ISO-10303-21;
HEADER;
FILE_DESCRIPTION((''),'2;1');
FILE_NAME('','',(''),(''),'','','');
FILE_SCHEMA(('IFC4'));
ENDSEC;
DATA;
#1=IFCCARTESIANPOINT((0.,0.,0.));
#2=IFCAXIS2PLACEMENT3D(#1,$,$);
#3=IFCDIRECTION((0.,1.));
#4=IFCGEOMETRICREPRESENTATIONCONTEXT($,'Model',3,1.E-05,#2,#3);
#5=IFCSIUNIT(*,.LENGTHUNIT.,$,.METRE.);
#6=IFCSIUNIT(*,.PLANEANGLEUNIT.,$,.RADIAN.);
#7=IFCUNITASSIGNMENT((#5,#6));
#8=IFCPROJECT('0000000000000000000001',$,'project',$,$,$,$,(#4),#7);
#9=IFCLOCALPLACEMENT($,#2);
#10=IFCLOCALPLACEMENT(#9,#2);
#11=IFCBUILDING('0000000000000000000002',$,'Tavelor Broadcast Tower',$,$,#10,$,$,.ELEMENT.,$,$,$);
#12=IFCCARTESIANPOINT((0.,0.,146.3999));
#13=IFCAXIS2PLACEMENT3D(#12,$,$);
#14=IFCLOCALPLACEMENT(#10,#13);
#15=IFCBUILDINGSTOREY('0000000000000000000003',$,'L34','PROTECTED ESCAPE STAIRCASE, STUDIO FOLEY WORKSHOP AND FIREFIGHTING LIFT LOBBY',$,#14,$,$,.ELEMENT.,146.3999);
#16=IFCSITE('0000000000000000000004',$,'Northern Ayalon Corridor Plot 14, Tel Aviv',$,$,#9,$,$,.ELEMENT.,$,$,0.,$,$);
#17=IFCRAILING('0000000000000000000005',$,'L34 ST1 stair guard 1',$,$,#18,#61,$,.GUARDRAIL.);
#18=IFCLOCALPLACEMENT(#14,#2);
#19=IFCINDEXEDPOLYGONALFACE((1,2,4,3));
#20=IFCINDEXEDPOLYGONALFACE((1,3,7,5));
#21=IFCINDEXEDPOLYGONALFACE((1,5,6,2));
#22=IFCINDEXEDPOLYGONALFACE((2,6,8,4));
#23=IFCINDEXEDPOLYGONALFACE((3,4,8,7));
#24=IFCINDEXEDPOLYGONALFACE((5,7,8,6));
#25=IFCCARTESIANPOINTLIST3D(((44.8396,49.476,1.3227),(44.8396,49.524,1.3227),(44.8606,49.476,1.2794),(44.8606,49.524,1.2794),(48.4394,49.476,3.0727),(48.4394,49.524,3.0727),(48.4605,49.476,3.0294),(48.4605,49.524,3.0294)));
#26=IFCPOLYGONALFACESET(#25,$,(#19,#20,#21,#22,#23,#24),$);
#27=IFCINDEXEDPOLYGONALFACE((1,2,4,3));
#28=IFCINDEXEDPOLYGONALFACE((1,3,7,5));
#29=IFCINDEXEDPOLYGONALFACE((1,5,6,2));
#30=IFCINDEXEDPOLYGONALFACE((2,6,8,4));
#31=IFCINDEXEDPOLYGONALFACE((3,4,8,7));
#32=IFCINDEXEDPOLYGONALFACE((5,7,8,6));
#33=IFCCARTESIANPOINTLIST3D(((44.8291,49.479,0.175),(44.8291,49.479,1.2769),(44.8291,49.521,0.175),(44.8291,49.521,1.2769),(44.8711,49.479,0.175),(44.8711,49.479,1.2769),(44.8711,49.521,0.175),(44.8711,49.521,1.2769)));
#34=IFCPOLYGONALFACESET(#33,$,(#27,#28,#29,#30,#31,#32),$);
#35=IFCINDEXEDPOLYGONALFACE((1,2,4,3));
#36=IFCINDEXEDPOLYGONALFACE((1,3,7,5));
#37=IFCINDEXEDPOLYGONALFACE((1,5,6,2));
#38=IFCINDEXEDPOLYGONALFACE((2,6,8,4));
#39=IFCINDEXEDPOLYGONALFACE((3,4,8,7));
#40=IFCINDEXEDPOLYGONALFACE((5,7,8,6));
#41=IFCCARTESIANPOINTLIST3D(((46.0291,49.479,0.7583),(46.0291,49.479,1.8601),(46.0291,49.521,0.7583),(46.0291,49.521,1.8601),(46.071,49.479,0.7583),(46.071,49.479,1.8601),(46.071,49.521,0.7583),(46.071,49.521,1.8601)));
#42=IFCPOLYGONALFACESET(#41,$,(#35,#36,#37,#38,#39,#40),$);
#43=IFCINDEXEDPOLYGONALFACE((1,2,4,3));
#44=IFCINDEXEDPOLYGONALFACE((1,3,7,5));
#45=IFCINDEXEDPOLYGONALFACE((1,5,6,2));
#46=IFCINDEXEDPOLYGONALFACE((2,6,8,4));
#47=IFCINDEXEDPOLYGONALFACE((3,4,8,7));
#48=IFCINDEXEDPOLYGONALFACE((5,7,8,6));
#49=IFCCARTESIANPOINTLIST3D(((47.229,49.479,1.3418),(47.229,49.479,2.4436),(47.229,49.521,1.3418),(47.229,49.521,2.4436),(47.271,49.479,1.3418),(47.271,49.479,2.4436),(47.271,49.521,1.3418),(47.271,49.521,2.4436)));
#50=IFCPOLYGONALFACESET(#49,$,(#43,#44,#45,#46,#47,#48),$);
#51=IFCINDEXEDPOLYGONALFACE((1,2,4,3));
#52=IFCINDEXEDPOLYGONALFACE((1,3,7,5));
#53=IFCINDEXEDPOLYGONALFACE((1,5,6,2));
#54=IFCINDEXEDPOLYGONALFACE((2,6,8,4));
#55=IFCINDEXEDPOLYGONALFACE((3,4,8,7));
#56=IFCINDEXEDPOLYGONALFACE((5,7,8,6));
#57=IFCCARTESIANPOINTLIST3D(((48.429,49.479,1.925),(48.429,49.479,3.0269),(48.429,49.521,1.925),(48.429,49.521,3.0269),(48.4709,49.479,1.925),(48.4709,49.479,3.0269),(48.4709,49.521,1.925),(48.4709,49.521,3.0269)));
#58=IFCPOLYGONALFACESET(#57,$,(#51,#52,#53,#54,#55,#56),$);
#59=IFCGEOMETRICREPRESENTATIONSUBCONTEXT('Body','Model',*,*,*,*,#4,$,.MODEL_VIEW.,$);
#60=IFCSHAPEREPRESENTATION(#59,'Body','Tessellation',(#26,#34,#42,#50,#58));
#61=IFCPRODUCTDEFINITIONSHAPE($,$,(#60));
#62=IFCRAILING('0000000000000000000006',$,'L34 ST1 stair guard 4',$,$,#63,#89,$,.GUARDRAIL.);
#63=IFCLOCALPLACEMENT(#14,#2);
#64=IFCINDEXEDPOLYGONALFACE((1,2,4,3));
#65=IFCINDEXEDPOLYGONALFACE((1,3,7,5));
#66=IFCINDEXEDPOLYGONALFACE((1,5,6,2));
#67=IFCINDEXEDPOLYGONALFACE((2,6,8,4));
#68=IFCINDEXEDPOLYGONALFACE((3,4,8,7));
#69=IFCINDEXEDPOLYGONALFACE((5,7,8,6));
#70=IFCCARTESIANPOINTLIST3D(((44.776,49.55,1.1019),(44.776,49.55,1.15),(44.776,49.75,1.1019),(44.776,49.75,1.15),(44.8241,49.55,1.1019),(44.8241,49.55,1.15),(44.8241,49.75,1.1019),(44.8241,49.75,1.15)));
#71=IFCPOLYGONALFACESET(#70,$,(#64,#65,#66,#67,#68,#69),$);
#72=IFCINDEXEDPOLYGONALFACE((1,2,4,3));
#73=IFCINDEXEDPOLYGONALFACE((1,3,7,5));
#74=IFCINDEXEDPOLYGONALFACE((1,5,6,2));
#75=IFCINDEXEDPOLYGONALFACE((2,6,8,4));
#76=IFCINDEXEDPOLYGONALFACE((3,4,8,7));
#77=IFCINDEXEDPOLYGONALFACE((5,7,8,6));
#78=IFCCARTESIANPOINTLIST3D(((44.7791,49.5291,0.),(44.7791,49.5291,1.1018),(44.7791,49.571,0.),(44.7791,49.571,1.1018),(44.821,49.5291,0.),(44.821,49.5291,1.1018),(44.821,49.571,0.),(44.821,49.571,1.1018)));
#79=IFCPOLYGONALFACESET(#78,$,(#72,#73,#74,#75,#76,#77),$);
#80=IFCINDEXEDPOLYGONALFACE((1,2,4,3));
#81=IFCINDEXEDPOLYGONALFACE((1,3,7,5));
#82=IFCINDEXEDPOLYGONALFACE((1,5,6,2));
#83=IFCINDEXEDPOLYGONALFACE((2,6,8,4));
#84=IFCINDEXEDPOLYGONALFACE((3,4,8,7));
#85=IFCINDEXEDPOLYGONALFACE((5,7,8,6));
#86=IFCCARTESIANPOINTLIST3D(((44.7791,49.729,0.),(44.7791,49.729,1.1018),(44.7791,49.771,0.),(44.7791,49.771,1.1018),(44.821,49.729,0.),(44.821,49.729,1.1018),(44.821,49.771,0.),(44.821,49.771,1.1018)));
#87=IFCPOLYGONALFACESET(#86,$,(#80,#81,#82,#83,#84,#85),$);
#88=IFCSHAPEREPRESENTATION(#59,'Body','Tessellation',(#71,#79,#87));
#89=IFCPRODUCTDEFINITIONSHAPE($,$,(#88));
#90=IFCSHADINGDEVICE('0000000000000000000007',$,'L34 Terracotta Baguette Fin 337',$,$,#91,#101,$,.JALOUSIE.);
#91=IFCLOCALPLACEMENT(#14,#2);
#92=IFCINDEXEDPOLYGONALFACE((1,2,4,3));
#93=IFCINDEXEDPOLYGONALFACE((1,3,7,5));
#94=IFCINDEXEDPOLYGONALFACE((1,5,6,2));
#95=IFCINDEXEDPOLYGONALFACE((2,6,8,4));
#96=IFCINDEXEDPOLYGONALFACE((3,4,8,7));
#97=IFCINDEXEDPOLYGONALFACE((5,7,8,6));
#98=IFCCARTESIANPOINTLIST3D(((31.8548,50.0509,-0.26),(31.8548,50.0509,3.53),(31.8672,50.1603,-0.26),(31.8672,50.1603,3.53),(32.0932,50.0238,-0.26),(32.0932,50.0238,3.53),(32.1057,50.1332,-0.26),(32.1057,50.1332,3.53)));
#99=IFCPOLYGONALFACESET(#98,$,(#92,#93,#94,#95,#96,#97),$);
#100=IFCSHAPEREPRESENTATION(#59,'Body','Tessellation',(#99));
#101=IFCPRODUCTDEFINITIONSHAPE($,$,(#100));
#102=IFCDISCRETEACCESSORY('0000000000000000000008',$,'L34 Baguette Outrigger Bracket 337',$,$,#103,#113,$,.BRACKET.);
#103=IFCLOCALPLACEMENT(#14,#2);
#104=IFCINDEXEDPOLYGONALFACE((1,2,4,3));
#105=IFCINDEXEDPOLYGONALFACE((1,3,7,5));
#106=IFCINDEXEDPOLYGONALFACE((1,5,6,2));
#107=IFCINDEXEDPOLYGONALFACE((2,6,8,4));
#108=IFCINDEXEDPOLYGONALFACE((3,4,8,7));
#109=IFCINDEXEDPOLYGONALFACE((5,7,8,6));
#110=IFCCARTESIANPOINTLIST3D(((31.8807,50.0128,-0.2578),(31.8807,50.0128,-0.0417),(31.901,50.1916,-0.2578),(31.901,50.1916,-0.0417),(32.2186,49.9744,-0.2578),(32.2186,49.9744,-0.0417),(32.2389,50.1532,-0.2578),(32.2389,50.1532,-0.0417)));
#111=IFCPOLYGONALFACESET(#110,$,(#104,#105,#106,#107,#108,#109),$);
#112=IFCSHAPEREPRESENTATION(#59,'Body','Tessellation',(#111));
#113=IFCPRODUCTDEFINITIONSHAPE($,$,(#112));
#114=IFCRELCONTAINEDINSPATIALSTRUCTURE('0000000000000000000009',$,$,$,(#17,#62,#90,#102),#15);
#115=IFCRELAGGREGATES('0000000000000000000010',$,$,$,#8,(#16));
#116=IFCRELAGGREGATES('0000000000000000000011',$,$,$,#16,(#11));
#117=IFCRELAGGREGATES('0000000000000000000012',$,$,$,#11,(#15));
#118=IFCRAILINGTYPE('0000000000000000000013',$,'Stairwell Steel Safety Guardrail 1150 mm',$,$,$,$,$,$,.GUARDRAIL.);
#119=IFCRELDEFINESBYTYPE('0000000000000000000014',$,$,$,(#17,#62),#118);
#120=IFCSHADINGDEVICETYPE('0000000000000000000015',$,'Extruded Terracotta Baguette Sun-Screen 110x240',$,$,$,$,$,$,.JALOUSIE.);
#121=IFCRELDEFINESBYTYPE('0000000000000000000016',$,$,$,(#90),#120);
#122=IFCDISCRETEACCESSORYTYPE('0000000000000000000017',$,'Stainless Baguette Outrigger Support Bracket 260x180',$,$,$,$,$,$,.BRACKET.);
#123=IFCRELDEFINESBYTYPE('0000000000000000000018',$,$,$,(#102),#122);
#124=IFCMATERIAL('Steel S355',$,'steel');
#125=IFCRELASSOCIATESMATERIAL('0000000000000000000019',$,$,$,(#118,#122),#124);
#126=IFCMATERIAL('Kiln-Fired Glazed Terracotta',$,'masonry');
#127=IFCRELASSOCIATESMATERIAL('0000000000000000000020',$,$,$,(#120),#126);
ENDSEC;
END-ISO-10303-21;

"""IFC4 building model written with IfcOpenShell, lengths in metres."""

from ifc_helpers import new_model, si_unit, direction, frame, origin, origin_2d, place, context, subcontext, project, spatial, rectangle, extrude, source, transform, mapped, material, type_object, type_shapes, element, save


model = new_model("IFC4")

# Units and contexts
model_context = context("Model", 3, precision=1e-05, world=origin(), true_north=direction((0.0, 1.0)))
body_context = subcontext(model_context, "Body", "Model", "MODEL_VIEW")
ifc_project = project(units=[si_unit("LENGTHUNIT", "METRE"), si_unit("PLANEANGLEUNIT", "RADIAN")], contexts=[model_context])

# Site, building, storey
site_placement = place(None, origin())
site = spatial("IfcSite", under=ifc_project, at=site_placement, Name="Northern Ayalon Corridor Plot 14, Tel Aviv", CompositionType="ELEMENT", RefElevation=0.0)
building_placement = place(site_placement, origin())
building = spatial("IfcBuilding", under=site, at=building_placement, Name="Tavelor Broadcast Tower", CompositionType="ELEMENT")
storey_placement = place(building_placement, frame((0.0, 0.0, 146.3999)))
storey = spatial("IfcBuildingStorey", under=building, at=storey_placement, Name="L34", Description="PROTECTED ESCAPE STAIRCASE, STUDIO FOLEY WORKSHOP AND FIREFIGHTING LIFT LOBBY", CompositionType="ELEMENT", Elevation=146.3999)

# Shared definitions
ifc_material_1 = material(Name="Steel S355", Category="steel")

# Railings
railing_type_1 = type_object("IfcRailingType", Name="Stairwell Steel Safety Guardrail 1150 mm", PredefinedType="GUARDRAIL", material=ifc_material_1)
railing_1_placement = place(storey_placement, frame((44.8501, 49.5, 0.175)))
element("IfcRailing", 1, at=railing_1_placement, inside=storey, type_object=railing_type_1, Name="L34 ST1 stair guard 1", PredefinedType="GUARDRAIL", context=body_context, shape_type="SweptSolid", body=[
    extrude(rectangle(XDim=0.0481, YDim=0.0481, at=origin_2d()), frame((0.0, 0.0, 1.126), z_axis=(0.899361, 0.0, 0.437207), x_axis=(0.0, 1.0, 0.0)), (0.0, 0.0, 1.0), 4.0027),
    extrude(rectangle(XDim=0.042, YDim=0.042, at=origin_2d()), origin(), (0.0, 0.0, 1.0), 1.1018),
    extrude(rectangle(XDim=0.042, YDim=0.042, at=origin_2d()), frame((1.2, 0.0, 0.5833)), (0.0, 0.0, 1.0), 1.1018),
    extrude(rectangle(XDim=0.042, YDim=0.042, at=origin_2d()), frame((2.3999, 0.0, 1.1667)), (0.0, 0.0, 1.0), 1.1018),
    extrude(rectangle(XDim=0.042, YDim=0.042, at=origin_2d()), frame((3.5999, 0.0, 1.75)), (0.0, 0.0, 1.0), 1.1018),
])
railing_2_placement = place(storey_placement, frame((44.8, 49.55, 0.0)))
element("IfcRailing", 2, at=railing_2_placement, inside=storey, type_object=railing_type_1, Name="L34 ST1 stair guard 4", PredefinedType="GUARDRAIL", context=body_context, shape_type="SweptSolid", body=[
    extrude(rectangle(XDim=0.0481, YDim=0.0481, at=origin_2d()), frame((0.0, 0.0, 1.126), z_axis=(0.0, 1.0, 0.0), x_axis=(-1.0, 0.0, 0.0)), (0.0, 0.0, 1.0), 0.2),
    extrude(rectangle(XDim=0.042, YDim=0.042, at=origin_2d()), origin(), (0.0, 0.0, 1.0), 1.1018),
    extrude(rectangle(XDim=0.042, YDim=0.042, at=origin_2d()), frame((0.0, 0.2, 0.0)), (0.0, 0.0, 1.0), 1.1018),
])

# Shading device
ifc_material_2 = material(Name="Kiln-Fired Glazed Terracotta", Category="masonry")
shading_device_type = type_object("IfcShadingDeviceType", Name="Extruded Terracotta Baguette Sun-Screen 110x240", PredefinedType="JALOUSIE", material=ifc_material_2)
shared_shape_1 = source(origin(), body_context, "Body", "SweptSolid", [
    extrude(rectangle(XDim=0.1101, YDim=0.24, at=origin_2d()), origin(), (0.0, 0.0, 1.0), 3.79),
])
type_shapes(shading_device_type, [shared_shape_1])
shading_device_placement = place(storey_placement, frame((31.9802, 50.092, -0.26), z_axis=(0.0, 0.0, 1.0), x_axis=(-0.112856, -0.993611, 0.0)))
element("IfcShadingDevice", 3, at=shading_device_placement, inside=storey, type_object=shading_device_type, Name="L34 Terracotta Baguette Fin 337", PredefinedType="JALOUSIE", context=body_context, shape_type="MappedRepresentation", body=[
    mapped(shared_shape_1, transform((0.0, 0.0, 0.0), scale=1.0)),
])

# Discrete accessory
discrete_accessory_type = type_object("IfcDiscreteAccessoryType", Name="Stainless Baguette Outrigger Support Bracket 260x180", PredefinedType="BRACKET", material=ifc_material_1)
shared_shape_2 = source(origin(), body_context, "Body", "SweptSolid", [
    extrude(rectangle(XDim=0.1799, YDim=0.3401, at=origin_2d()), origin(), (0.0, 0.0, 1.0), 0.2161),
])
type_shapes(discrete_accessory_type, [shared_shape_2])
discrete_accessory_placement = place(storey_placement, frame((32.0598, 50.083, -0.2578), z_axis=(0.0, 0.0, 1.0), x_axis=(-0.112856, -0.993611, 0.0)))
element("IfcDiscreteAccessory", 4, at=discrete_accessory_placement, inside=storey, type_object=discrete_accessory_type, Name="L34 Baguette Outrigger Bracket 337", PredefinedType="BRACKET", context=body_context, shape_type="MappedRepresentation", body=[
    mapped(shared_shape_2, transform((0.0, 0.0, 0.0), scale=1.0)),
])

save(model, "model.ifc")
